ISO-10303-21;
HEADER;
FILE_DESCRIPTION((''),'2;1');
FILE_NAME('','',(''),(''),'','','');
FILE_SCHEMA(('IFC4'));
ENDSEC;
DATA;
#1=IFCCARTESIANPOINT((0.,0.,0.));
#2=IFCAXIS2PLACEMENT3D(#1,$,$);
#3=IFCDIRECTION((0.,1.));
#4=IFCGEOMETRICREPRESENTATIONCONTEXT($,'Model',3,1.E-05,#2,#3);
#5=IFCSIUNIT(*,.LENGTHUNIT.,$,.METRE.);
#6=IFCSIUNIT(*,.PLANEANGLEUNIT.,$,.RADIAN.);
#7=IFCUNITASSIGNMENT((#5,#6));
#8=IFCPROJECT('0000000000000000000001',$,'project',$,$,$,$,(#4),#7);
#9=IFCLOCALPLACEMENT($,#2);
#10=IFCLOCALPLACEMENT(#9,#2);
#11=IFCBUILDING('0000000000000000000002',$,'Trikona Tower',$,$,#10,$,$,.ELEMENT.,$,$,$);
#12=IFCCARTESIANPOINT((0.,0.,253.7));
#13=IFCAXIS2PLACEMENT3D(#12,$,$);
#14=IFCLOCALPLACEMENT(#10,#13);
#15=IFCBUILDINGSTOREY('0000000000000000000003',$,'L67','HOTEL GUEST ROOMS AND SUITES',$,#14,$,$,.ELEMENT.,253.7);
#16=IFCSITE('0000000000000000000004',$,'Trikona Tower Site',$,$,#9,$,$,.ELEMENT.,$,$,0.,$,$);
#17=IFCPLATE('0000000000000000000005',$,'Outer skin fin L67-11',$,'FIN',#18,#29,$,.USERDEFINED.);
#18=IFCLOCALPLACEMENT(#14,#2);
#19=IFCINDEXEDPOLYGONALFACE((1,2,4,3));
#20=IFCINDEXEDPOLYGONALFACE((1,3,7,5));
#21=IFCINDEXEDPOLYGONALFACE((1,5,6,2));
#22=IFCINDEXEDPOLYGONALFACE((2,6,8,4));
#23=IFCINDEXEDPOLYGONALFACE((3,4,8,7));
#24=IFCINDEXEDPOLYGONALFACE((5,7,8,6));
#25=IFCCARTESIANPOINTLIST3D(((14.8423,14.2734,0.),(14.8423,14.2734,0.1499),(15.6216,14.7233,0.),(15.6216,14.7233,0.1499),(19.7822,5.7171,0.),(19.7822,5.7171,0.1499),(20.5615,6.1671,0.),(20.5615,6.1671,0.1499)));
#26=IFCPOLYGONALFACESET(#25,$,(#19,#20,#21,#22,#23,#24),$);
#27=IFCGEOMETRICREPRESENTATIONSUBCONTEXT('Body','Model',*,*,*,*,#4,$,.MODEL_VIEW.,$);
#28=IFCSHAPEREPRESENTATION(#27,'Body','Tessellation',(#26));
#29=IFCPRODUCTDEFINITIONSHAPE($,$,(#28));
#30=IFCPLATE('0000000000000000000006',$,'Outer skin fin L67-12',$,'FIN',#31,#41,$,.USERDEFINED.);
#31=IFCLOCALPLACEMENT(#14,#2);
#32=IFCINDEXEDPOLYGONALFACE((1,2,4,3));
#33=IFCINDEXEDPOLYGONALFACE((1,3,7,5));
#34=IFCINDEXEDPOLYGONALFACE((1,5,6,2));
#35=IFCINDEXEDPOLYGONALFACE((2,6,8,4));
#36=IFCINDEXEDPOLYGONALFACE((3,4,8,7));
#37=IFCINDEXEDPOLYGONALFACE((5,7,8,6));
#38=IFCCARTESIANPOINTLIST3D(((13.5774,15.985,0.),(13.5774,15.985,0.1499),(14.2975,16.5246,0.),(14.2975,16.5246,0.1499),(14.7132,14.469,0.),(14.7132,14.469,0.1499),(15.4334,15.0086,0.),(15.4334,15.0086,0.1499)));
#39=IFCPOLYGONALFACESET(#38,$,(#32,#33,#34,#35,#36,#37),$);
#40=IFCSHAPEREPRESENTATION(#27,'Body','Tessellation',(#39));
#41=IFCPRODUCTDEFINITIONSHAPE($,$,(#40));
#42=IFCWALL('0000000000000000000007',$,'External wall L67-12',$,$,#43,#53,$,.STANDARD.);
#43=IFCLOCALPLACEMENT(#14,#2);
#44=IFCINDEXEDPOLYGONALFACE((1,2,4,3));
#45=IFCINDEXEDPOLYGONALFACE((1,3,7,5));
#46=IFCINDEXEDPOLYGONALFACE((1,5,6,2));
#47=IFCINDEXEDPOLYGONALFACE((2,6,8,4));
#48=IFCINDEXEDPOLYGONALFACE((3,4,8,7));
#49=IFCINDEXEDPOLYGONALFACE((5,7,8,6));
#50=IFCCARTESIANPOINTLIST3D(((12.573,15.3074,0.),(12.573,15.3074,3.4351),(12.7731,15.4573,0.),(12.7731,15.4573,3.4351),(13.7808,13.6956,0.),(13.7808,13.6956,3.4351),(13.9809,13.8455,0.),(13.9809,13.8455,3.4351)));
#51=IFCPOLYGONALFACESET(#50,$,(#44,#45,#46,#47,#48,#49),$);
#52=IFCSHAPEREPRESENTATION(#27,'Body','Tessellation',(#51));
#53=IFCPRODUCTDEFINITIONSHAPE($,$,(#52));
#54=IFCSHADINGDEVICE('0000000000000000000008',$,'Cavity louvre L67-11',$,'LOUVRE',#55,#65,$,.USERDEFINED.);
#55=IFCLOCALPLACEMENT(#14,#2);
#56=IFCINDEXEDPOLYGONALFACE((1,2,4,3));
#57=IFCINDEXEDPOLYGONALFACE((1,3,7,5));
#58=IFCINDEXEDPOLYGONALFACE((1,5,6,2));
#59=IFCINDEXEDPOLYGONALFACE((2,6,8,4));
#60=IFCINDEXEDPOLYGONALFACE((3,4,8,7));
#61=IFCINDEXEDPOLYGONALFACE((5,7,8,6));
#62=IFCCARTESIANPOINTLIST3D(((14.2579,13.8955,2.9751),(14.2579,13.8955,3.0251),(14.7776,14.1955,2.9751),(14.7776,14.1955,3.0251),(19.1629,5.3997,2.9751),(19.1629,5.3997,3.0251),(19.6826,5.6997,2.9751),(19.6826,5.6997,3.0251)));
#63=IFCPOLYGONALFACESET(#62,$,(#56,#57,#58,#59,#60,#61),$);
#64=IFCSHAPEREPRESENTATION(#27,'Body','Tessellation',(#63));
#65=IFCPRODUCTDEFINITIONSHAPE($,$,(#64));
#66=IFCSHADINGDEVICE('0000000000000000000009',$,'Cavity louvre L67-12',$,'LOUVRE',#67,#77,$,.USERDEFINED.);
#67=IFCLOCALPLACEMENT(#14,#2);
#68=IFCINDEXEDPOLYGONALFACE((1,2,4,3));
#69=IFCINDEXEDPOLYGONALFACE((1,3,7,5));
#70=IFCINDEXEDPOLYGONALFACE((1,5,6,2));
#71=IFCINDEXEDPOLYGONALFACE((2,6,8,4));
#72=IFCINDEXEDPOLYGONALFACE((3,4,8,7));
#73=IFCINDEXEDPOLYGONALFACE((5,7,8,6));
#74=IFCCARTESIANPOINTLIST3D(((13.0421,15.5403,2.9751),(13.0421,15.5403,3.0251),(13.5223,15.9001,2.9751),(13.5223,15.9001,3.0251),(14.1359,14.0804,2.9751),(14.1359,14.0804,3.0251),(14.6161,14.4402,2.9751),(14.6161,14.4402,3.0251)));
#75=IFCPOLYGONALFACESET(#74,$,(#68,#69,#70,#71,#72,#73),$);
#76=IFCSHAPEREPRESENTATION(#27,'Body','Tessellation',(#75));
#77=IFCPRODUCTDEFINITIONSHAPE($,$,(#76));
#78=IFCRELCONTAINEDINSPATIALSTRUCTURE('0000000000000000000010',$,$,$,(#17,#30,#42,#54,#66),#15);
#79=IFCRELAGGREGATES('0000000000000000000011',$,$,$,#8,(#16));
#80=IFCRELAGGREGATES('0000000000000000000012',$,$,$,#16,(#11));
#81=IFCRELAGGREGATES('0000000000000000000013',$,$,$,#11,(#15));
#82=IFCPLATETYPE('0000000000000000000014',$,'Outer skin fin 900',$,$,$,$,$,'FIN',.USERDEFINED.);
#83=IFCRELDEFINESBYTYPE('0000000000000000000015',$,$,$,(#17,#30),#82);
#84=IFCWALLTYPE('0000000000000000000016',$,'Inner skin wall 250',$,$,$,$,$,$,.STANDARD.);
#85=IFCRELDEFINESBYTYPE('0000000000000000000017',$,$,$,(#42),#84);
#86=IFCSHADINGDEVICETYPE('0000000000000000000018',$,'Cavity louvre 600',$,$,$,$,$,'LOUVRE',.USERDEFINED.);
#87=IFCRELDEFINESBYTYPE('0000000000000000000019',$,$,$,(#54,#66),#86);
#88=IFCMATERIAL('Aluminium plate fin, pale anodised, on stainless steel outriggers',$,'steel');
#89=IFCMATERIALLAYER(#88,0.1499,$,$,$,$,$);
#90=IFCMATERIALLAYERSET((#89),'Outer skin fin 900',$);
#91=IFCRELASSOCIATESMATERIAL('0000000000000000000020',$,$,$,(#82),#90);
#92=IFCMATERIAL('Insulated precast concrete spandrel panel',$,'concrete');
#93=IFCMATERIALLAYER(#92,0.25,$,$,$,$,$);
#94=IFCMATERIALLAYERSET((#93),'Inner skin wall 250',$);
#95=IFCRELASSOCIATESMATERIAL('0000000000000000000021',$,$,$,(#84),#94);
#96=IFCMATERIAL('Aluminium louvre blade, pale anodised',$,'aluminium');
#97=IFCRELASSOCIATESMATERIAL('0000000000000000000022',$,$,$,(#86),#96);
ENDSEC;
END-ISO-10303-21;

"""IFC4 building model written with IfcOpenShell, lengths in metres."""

from ifc_helpers import new_model, si_unit, direction, frame, frame_2d, origin, origin_2d, place, context, subcontext, project, spatial, rectangle, extrude, material, layer, layer_set, type_object, element, save


model = new_model("IFC4")

# Units and contexts
model_context = context("Model", 3, precision=1e-05, world=origin(), true_north=direction((0.0, 1.0)))
body_context = subcontext(model_context, "Body", "Model", "MODEL_VIEW")
ifc_project = project(units=[si_unit("LENGTHUNIT", "METRE"), si_unit("PLANEANGLEUNIT", "RADIAN")], contexts=[model_context])

# Site, building, storey
site_placement = place(None, origin())
site = spatial("IfcSite", under=ifc_project, at=site_placement, Name="Trikona Tower Site", CompositionType="ELEMENT", RefElevation=0.0)
building_placement = place(site_placement, origin())
building = spatial("IfcBuilding", under=site, at=building_placement, Name="Trikona Tower", CompositionType="ELEMENT")
storey_placement = place(building_placement, frame((0.0, 0.0, 253.7)))
storey = spatial("IfcBuildingStorey", under=building, at=storey_placement, Name="L67", Description="HOTEL GUEST ROOMS AND SUITES", CompositionType="ELEMENT", Elevation=253.7)

# Plates
ifc_material_1 = material(Name="Aluminium plate fin, pale anodised, on stainless steel outriggers", Category="steel")
ifc_layer_1 = layer(ifc_material_1, 0.1499)
ifc_layer_set_1 = layer_set([ifc_layer_1], Name="Outer skin fin 900")
plate_type_1 = type_object("IfcPlateType", Name="Outer skin fin 900", ElementType="FIN", PredefinedType="USERDEFINED", material=ifc_layer_set_1)
plate_1_placement = place(storey_placement, frame((17.7019, 10.2202, 0.0), z_axis=(0.0, 0.0, 1.0), x_axis=(-0.499998, 0.866026, 0.0)))
element("IfcPlate", 1, at=plate_1_placement, inside=storey, type_object=plate_type_1, Name="Outer skin fin L67-11", ObjectType="FIN", PredefinedType="USERDEFINED", context=body_context, shape_type="SweptSolid", body=[
    extrude(rectangle(XDim=9.8799, YDim=0.8999, at=origin_2d()), origin(), (0.0, 0.0, 1.0), 0.1499),
])
plate_2_placement = place(storey_placement, frame((14.5054, 15.4968, 0.0), z_axis=(0.0, 0.0, 1.0), x_axis=(-0.599619, 0.800286, 0.0)))
element("IfcPlate", 2, at=plate_2_placement, inside=storey, type_object=plate_type_1, Name="Outer skin fin L67-12", ObjectType="FIN", PredefinedType="USERDEFINED", context=body_context, shape_type="SweptSolid", body=[
    extrude(rectangle(XDim=1.8943, YDim=0.8999, at=origin_2d()), origin(), (0.0, 0.0, 1.0), 0.1499),
])

# Wall
ifc_material_2 = material(Name="Insulated precast concrete spandrel panel", Category="concrete")
ifc_layer_2 = layer(ifc_material_2, 0.25)
ifc_layer_set_2 = layer_set([ifc_layer_2], Name="Inner skin wall 250")
wall_type = type_object("IfcWallType", Name="Inner skin wall 250", PredefinedType="STANDARD", material=ifc_layer_set_2)
wall_placement = place(storey_placement, frame((13.8809, 13.7705, 0.0), z_axis=(0.0, 0.0, 1.0), x_axis=(-0.599651, 0.800262, 0.0)))
element("IfcWall", 3, at=wall_placement, inside=storey, type_object=wall_type, Name="External wall L67-12", PredefinedType="STANDARD", context=body_context, shape_type="SweptSolid", body=[
    extrude(rectangle(XDim=2.0142, YDim=0.25, at=frame_2d((1.0071, 0.0))), origin(), (0.0, 0.0, 1.0), 3.4351),
])

# Shading devices
ifc_material_3 = material(Name="Aluminium louvre blade, pale anodised", Category="aluminium")
shading_device_type = type_object("IfcShadingDeviceType", Name="Cavity louvre 600", ElementType="LOUVRE", PredefinedType="USERDEFINED", material=ifc_material_3)
shading_device_1_placement = place(storey_placement, frame((16.9702, 9.7976, 2.9751), z_axis=(0.0, 0.0, 1.0), x_axis=(-0.499998, 0.866026, 0.0)))
element("IfcShadingDevice", 4, at=shading_device_1_placement, inside=storey, type_object=shading_device_type, Name="Cavity louvre L67-11", ObjectType="LOUVRE", PredefinedType="USERDEFINED", context=body_context, shape_type="SweptSolid", body=[
    extrude(rectangle(XDim=9.8101, YDim=0.6001, at=origin_2d()), origin(), (0.0, 0.0, 1.0), 0.05),
])
shading_device_2_placement = place(storey_placement, frame((13.8291, 14.9902, 2.9751), z_axis=(0.0, 0.0, 1.0), x_axis=(-0.599619, 0.800286, 0.0)))
element("IfcShadingDevice", 5, at=shading_device_2_placement, inside=storey, type_object=shading_device_type, Name="Cavity louvre L67-12", ObjectType="LOUVRE", PredefinedType="USERDEFINED", context=body_context, shape_type="SweptSolid", body=[
    extrude(rectangle(XDim=1.8242, YDim=0.6001, at=origin_2d()), origin(), (0.0, 0.0, 1.0), 0.05),
])

save(model, "model.ifc")
